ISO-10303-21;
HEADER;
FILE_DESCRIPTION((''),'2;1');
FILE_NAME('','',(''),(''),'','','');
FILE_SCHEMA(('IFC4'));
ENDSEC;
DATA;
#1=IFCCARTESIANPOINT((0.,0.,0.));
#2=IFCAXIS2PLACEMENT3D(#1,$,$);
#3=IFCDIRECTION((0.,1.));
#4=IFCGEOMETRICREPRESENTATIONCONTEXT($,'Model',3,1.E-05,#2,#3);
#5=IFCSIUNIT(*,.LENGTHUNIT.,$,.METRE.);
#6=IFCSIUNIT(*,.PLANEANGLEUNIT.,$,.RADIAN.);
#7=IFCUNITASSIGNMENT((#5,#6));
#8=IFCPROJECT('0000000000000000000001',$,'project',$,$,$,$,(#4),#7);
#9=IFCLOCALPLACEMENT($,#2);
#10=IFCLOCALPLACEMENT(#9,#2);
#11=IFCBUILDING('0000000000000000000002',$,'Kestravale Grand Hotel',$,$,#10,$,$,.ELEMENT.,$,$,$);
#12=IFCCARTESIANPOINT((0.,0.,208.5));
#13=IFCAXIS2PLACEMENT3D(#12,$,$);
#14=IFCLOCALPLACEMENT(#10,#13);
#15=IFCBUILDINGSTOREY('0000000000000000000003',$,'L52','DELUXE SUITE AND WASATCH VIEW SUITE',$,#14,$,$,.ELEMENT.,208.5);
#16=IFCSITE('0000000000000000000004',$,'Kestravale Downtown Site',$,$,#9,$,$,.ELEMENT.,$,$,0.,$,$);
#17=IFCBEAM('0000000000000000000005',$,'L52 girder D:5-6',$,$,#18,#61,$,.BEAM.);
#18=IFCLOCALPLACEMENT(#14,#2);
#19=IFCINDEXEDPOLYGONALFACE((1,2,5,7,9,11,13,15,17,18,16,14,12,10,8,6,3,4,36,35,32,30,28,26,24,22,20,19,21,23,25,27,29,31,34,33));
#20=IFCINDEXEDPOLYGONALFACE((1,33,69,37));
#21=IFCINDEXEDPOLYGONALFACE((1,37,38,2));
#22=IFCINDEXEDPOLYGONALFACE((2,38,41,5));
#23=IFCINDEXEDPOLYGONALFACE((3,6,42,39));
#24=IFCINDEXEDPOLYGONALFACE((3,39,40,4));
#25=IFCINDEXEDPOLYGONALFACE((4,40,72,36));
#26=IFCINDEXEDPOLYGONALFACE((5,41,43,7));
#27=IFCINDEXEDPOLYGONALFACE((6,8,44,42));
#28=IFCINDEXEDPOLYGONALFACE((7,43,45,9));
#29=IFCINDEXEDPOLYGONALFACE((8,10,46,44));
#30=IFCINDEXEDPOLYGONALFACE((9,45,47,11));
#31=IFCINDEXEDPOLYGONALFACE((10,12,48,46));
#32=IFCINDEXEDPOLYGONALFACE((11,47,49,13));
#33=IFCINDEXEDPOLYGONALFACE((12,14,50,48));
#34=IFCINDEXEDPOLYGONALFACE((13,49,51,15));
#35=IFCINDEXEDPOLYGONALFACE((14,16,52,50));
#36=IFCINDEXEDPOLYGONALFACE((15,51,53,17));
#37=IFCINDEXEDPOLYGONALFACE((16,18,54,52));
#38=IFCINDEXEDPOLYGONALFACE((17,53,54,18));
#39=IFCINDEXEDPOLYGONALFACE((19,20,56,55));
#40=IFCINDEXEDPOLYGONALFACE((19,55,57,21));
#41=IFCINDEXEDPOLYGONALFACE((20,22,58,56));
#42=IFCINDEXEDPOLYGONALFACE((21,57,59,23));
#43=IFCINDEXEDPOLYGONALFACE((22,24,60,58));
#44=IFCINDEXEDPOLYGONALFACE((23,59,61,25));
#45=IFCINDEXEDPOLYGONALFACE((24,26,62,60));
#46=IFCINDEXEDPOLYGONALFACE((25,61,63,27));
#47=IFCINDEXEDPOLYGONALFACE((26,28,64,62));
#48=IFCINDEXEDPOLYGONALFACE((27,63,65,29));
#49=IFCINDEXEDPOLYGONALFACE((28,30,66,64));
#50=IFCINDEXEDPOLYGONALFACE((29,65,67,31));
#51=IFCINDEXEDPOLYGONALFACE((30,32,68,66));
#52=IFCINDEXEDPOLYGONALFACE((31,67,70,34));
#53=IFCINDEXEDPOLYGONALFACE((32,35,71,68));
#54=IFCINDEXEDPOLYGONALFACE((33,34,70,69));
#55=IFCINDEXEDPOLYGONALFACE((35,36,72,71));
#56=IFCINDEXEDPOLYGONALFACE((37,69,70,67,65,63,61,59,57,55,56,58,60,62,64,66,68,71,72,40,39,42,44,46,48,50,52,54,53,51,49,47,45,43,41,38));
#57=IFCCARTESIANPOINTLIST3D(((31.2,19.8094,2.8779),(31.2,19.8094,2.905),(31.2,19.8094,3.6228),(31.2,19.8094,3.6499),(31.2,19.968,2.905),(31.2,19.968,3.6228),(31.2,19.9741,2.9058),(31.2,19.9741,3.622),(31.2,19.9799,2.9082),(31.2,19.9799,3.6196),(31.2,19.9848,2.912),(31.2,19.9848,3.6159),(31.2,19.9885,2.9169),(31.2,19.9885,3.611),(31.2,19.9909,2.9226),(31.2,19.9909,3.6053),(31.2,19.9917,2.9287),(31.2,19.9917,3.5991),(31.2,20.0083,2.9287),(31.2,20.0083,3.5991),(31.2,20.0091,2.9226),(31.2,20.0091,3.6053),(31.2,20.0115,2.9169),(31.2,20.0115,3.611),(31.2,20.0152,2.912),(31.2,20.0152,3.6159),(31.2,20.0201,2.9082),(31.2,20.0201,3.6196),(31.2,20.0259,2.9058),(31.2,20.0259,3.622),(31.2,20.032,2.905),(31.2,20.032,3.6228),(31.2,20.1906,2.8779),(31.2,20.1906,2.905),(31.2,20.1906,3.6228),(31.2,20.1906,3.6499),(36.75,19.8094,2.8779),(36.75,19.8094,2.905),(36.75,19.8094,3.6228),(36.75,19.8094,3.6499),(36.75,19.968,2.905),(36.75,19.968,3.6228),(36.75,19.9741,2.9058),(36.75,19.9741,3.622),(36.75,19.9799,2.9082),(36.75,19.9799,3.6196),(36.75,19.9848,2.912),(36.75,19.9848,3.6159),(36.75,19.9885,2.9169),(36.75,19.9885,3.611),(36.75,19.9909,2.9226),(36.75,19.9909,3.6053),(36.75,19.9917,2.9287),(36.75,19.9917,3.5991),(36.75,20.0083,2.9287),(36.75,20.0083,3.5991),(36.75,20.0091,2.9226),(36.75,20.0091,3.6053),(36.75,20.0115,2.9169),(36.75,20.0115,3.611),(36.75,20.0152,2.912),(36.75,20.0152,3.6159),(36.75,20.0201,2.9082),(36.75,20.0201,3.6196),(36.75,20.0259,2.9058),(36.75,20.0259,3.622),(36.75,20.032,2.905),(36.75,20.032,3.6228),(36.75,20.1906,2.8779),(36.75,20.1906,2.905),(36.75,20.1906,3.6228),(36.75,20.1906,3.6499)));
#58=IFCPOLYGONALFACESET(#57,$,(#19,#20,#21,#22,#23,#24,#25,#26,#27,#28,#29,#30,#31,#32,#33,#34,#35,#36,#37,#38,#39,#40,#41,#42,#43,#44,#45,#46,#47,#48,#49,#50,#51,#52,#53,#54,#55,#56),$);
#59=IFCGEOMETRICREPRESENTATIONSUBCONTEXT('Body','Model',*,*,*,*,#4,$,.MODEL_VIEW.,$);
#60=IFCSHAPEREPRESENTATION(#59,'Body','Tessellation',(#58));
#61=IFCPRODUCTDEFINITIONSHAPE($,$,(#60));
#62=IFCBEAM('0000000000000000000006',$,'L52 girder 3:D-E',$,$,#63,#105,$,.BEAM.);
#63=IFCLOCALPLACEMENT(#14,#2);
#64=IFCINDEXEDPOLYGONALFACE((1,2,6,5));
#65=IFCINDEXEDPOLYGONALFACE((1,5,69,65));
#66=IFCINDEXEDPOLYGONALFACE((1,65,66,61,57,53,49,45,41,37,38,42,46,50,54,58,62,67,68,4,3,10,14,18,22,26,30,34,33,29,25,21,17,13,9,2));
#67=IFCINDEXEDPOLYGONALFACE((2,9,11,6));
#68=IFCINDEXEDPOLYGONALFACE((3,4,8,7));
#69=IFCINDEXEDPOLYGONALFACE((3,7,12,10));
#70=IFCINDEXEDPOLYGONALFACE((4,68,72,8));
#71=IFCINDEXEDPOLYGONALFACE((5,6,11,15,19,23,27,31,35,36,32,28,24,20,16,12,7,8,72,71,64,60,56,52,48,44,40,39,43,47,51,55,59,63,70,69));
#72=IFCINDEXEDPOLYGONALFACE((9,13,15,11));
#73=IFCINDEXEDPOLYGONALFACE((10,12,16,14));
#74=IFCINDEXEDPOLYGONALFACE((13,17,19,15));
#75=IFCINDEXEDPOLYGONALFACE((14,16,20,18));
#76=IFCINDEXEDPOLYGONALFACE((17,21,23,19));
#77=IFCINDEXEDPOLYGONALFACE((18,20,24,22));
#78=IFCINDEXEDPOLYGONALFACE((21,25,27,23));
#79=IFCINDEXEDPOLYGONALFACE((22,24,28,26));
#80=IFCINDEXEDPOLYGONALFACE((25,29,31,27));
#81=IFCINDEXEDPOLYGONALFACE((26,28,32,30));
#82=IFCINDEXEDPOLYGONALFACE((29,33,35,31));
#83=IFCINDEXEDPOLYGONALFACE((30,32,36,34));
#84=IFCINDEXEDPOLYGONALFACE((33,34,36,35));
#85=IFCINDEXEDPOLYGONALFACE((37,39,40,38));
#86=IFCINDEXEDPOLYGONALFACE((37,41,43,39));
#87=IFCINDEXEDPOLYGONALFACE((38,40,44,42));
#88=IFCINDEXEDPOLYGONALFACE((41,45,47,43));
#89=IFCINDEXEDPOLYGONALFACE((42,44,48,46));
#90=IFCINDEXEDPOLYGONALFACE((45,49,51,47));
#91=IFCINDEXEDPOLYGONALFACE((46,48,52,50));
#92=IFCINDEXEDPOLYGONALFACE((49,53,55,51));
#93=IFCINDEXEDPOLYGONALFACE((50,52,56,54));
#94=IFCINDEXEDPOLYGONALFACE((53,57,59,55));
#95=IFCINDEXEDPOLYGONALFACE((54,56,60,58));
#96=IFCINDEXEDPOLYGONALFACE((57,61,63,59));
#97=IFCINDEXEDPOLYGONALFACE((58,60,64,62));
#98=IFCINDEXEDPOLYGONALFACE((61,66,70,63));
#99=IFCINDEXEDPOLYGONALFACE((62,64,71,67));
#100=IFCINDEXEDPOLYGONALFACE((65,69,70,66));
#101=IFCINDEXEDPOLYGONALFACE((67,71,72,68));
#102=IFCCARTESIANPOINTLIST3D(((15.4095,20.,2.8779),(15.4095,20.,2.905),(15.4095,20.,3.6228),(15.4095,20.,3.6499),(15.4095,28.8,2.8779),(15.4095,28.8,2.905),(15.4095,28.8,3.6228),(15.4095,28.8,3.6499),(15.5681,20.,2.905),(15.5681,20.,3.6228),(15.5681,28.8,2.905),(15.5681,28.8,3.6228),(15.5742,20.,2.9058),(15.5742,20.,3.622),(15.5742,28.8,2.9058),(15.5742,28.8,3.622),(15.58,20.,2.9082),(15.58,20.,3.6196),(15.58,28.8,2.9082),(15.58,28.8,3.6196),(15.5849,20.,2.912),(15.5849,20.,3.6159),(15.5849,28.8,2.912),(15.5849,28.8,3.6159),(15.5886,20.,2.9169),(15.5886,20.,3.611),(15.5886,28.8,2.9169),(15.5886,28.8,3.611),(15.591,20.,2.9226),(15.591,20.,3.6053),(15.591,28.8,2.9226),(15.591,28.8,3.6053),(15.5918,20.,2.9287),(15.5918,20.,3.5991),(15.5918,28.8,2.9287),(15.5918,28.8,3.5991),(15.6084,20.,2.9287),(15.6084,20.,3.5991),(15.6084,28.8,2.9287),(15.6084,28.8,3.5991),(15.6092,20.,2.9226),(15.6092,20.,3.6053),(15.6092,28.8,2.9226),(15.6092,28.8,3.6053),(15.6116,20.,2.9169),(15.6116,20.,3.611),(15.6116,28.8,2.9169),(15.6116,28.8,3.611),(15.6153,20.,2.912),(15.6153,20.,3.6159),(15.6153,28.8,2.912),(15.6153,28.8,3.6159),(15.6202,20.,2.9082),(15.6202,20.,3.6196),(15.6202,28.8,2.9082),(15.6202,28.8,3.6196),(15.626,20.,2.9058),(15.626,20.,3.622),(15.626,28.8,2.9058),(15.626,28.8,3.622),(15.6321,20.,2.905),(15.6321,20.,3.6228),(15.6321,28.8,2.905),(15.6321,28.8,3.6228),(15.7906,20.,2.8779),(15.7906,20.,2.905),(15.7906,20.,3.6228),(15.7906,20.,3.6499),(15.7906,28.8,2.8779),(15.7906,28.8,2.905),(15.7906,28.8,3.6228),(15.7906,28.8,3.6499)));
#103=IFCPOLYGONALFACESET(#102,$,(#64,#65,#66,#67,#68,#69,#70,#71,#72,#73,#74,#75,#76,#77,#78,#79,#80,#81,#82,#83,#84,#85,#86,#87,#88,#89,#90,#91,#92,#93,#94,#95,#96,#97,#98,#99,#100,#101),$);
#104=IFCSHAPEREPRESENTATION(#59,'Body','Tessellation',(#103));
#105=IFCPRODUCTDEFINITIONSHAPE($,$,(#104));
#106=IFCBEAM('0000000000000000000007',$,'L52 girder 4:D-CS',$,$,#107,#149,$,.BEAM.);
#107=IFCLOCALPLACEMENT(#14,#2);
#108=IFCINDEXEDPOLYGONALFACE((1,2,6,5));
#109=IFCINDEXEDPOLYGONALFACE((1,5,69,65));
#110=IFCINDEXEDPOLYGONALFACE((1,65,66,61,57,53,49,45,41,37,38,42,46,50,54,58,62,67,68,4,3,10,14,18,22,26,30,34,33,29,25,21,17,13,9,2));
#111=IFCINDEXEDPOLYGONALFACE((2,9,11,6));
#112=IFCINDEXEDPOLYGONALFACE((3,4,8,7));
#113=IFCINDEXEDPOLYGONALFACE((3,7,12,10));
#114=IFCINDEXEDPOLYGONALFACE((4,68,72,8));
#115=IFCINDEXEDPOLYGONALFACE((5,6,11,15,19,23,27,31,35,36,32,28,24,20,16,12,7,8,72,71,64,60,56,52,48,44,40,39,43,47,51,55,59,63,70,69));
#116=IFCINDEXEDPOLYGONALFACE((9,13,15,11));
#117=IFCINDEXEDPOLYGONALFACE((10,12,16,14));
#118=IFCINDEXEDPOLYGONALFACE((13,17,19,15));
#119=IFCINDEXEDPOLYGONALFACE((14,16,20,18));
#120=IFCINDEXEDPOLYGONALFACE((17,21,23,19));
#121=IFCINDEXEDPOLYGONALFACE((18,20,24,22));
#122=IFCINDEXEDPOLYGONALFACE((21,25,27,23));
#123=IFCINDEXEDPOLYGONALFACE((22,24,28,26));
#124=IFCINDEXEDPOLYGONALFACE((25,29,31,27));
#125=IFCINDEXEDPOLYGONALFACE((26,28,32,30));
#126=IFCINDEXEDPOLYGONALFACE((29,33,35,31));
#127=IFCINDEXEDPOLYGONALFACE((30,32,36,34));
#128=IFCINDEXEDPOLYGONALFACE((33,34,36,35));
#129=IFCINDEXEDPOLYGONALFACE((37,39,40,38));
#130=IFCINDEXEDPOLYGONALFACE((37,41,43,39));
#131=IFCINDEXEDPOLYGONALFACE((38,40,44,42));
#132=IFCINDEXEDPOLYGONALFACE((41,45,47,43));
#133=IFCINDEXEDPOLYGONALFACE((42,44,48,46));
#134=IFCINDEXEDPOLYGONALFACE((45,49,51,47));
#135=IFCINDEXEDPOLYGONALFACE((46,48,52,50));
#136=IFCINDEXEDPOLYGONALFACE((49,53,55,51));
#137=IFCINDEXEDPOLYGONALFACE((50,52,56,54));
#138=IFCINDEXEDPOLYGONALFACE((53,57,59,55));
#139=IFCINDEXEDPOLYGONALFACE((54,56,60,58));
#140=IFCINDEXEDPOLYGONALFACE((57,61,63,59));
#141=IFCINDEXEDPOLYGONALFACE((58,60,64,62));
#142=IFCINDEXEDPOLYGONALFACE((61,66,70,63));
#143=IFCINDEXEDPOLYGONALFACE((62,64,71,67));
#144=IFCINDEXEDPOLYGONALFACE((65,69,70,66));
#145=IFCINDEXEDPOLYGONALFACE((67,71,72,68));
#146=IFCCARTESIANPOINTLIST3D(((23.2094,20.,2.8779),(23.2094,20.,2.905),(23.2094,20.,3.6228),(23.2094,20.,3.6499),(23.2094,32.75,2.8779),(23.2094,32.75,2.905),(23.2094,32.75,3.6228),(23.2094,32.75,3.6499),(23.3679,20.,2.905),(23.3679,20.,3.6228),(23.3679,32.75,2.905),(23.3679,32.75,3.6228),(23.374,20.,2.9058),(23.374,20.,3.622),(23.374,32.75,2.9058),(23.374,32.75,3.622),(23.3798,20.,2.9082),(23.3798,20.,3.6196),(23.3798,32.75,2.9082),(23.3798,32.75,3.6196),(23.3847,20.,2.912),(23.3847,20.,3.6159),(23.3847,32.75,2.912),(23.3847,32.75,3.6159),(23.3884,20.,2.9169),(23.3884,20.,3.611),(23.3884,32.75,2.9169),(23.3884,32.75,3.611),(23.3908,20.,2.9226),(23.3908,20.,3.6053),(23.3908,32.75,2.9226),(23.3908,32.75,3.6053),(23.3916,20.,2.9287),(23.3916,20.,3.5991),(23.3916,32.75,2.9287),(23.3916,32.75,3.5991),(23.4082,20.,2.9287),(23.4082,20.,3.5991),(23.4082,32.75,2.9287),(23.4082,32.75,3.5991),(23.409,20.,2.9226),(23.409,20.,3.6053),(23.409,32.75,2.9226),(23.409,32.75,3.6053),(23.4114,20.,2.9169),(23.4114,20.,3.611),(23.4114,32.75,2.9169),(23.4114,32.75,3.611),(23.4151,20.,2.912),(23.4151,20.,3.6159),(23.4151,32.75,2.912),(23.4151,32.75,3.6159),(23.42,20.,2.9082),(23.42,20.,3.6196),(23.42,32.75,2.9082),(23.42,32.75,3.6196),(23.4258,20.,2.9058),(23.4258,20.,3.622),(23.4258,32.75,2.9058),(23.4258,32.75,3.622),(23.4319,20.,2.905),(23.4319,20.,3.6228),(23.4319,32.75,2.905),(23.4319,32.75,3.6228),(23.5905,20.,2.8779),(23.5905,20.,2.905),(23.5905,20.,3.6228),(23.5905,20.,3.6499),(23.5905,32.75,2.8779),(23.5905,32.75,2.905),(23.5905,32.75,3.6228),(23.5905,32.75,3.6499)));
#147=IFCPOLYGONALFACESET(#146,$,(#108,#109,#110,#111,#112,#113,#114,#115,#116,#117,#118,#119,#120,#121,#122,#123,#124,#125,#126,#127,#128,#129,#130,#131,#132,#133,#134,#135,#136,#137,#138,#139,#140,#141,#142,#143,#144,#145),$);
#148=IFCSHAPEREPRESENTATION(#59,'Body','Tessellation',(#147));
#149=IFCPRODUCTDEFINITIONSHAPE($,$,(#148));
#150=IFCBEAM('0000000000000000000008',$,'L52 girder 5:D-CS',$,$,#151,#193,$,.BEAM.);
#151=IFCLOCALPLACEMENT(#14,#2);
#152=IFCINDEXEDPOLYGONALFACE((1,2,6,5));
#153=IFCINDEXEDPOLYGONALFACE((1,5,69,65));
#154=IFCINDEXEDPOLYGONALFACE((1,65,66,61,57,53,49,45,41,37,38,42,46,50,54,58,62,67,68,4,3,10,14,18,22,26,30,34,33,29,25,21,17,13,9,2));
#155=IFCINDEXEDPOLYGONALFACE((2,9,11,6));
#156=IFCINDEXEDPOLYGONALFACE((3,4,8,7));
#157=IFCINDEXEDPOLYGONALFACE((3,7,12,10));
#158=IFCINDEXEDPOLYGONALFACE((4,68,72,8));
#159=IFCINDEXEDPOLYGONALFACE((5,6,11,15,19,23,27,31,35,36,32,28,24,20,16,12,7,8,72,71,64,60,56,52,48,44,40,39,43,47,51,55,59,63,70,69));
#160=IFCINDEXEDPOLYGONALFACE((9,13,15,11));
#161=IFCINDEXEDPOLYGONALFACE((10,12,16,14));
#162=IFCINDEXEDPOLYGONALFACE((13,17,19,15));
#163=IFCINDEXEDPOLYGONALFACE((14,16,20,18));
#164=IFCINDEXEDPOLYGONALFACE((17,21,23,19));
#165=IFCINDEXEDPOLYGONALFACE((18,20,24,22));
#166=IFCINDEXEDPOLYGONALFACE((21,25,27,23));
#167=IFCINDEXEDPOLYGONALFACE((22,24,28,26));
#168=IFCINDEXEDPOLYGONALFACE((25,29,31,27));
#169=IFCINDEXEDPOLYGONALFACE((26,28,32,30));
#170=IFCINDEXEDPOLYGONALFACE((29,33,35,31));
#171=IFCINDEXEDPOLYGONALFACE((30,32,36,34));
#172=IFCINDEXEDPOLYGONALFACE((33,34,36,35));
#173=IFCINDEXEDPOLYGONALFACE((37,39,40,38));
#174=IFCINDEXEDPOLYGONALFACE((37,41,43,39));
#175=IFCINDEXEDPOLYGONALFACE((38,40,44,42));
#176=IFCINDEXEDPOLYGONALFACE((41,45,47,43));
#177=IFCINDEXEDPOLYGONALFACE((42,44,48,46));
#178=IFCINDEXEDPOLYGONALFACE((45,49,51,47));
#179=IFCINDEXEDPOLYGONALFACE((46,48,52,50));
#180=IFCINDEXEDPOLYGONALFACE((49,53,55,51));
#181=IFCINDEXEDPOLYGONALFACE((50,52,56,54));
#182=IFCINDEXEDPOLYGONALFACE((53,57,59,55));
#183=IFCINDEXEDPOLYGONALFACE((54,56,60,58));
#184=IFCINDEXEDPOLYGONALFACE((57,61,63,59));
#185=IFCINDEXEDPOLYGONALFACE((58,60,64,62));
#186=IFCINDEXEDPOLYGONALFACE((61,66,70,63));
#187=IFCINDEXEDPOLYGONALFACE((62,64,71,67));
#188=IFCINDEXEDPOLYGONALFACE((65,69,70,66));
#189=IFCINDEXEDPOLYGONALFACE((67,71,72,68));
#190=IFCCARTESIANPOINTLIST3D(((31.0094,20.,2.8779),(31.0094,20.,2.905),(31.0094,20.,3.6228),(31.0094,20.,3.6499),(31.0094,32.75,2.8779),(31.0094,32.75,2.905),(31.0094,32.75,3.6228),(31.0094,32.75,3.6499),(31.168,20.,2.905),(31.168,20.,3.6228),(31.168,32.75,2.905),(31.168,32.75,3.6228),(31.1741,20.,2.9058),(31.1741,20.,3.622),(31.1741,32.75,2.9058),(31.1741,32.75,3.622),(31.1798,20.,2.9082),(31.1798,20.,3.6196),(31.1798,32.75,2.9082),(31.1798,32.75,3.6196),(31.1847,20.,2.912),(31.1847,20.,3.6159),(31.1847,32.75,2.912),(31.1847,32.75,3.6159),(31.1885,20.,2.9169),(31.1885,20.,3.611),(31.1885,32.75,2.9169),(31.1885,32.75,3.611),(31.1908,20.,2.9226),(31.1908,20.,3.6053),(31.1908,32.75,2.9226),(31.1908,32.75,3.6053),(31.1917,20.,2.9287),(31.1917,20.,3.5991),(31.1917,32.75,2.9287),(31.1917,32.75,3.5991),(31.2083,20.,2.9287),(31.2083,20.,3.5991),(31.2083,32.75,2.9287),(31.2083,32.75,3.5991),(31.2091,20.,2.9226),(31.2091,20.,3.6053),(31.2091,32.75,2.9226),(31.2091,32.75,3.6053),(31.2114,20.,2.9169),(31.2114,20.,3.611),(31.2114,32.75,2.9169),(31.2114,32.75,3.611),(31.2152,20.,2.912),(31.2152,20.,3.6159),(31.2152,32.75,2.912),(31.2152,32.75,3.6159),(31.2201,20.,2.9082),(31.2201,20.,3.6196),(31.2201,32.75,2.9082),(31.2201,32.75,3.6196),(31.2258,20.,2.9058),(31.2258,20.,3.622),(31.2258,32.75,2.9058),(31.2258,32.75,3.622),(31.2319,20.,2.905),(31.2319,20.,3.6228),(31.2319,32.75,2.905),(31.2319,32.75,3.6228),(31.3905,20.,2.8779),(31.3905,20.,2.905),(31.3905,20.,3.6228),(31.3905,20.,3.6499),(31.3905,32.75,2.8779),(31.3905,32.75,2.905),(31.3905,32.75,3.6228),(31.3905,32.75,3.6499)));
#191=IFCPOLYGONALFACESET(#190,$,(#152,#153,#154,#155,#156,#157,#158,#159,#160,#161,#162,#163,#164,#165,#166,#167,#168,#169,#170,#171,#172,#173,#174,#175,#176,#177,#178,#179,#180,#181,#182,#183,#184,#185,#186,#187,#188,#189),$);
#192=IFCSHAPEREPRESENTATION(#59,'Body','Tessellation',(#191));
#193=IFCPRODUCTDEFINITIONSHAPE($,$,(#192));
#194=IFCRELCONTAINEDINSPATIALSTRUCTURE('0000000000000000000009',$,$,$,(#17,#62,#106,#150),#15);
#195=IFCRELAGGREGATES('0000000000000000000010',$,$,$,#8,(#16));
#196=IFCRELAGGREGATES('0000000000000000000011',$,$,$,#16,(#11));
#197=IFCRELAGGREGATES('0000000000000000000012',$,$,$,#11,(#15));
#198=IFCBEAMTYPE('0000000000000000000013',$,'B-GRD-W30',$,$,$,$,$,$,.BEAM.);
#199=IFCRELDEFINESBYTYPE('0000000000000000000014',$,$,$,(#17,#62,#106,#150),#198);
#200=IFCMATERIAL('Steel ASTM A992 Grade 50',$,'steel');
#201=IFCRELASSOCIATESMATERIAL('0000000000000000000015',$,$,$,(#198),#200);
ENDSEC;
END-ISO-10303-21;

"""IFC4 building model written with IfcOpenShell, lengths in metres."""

from ifc_helpers import new_model, si_unit, direction, frame, origin, origin_2d, place, context, subcontext, project, spatial, i_section, extrude, material, material_profile, profile_set, type_object, element, save


model = new_model("IFC4")

# Units and contexts
model_context = context("Model", 3, precision=1e-05, world=origin(), true_north=direction((0.0, 1.0)))
body_context = subcontext(model_context, "Body", "Model", "MODEL_VIEW")
ifc_project = project(units=[si_unit("LENGTHUNIT", "METRE"), si_unit("PLANEANGLEUNIT", "RADIAN")], contexts=[model_context])

# Site, building, storey
site_placement = place(None, origin())
site = spatial("IfcSite", under=ifc_project, at=site_placement, Name="Kestravale Downtown Site", CompositionType="ELEMENT", RefElevation=0.0)
building_placement = place(site_placement, origin())
building = spatial("IfcBuilding", under=site, at=building_placement, Name="Kestravale Grand Hotel", CompositionType="ELEMENT")
storey_placement = place(building_placement, frame((0.0, 0.0, 208.5)))
storey = spatial("IfcBuildingStorey", under=building, at=storey_placement, Name="L52", Description="DELUXE SUITE AND WASATCH VIEW SUITE", CompositionType="ELEMENT", Elevation=208.5)

# Beams
ifc_material_1 = material(Name="Steel ASTM A992 Grade 50", Category="steel")
ifc_material_profile_1 = material_profile(ifc_material_1, i_section(OverallWidth=0.3811, OverallDepth=0.772, WebThickness=0.0166, FlangeThickness=0.0271, FilletRadius=0.0237, at=origin_2d()))
ifc_profile_set_1 = profile_set([ifc_material_profile_1], Name="Steel ASTM A992 Grade 50")
beam_type_1 = type_object("IfcBeamType", Name="B-GRD-W30", PredefinedType="BEAM", material=ifc_profile_set_1)
beam_1_placement = place(storey_placement, frame((31.2, 20.0, 3.2639), z_axis=(1.0, 0.0, 0.0), x_axis=(0.0, 1.0, 0.0)))
element("IfcBeam", 1, at=beam_1_placement, inside=storey, type_object=beam_type_1, Name="L52 girder D:5-6", PredefinedType="BEAM", context=body_context, shape_type="SweptSolid", body=[
    extrude(i_section(OverallWidth=0.3811, OverallDepth=0.772, WebThickness=0.0166, FlangeThickness=0.0271, FilletRadius=0.0237, at=origin_2d()), origin(), (0.0, 0.0, 1.0), 5.55),
])
beam_2_placement = place(storey_placement, frame((15.6001, 20.0, 3.2639), z_axis=(0.0, 1.0, 0.0), x_axis=(-1.0, 0.0, 0.0)))
element("IfcBeam", 2, at=beam_2_placement, inside=storey, type_object=beam_type_1, Name="L52 girder 3:D-E", PredefinedType="BEAM", context=body_context, shape_type="SweptSolid", body=[
    extrude(i_section(OverallWidth=0.3811, OverallDepth=0.772, WebThickness=0.0166, FlangeThickness=0.0271, FilletRadius=0.0237, at=origin_2d()), origin(), (0.0, 0.0, 1.0), 8.8),
])
for number, where, z_axis, x_axis, name in (
    (3, (23.3999, 20.0, 3.2639), (0.0, 1.0, 0.0), (-1.0, 0.0, 0.0), "L52 girder 4:D-CS"),
    (4, (31.2, 20.0, 3.2639), (0.0, 1.0, 0.0), (-1.0, 0.0, 0.0), "L52 girder 5:D-CS"),
):
    element("IfcBeam", number, at=place(storey_placement, frame(where, z_axis=z_axis, x_axis=x_axis)), inside=storey, type_object=beam_type_1, Name=name, PredefinedType="BEAM", context=body_context, shape_type="SweptSolid", body=[
        extrude(i_section(OverallWidth=0.3811, OverallDepth=0.772, WebThickness=0.0166, FlangeThickness=0.0271, FilletRadius=0.0237, at=origin_2d()), origin(), (0.0, 0.0, 1.0), 12.75),
    ])

save(model, "model.ifc")
